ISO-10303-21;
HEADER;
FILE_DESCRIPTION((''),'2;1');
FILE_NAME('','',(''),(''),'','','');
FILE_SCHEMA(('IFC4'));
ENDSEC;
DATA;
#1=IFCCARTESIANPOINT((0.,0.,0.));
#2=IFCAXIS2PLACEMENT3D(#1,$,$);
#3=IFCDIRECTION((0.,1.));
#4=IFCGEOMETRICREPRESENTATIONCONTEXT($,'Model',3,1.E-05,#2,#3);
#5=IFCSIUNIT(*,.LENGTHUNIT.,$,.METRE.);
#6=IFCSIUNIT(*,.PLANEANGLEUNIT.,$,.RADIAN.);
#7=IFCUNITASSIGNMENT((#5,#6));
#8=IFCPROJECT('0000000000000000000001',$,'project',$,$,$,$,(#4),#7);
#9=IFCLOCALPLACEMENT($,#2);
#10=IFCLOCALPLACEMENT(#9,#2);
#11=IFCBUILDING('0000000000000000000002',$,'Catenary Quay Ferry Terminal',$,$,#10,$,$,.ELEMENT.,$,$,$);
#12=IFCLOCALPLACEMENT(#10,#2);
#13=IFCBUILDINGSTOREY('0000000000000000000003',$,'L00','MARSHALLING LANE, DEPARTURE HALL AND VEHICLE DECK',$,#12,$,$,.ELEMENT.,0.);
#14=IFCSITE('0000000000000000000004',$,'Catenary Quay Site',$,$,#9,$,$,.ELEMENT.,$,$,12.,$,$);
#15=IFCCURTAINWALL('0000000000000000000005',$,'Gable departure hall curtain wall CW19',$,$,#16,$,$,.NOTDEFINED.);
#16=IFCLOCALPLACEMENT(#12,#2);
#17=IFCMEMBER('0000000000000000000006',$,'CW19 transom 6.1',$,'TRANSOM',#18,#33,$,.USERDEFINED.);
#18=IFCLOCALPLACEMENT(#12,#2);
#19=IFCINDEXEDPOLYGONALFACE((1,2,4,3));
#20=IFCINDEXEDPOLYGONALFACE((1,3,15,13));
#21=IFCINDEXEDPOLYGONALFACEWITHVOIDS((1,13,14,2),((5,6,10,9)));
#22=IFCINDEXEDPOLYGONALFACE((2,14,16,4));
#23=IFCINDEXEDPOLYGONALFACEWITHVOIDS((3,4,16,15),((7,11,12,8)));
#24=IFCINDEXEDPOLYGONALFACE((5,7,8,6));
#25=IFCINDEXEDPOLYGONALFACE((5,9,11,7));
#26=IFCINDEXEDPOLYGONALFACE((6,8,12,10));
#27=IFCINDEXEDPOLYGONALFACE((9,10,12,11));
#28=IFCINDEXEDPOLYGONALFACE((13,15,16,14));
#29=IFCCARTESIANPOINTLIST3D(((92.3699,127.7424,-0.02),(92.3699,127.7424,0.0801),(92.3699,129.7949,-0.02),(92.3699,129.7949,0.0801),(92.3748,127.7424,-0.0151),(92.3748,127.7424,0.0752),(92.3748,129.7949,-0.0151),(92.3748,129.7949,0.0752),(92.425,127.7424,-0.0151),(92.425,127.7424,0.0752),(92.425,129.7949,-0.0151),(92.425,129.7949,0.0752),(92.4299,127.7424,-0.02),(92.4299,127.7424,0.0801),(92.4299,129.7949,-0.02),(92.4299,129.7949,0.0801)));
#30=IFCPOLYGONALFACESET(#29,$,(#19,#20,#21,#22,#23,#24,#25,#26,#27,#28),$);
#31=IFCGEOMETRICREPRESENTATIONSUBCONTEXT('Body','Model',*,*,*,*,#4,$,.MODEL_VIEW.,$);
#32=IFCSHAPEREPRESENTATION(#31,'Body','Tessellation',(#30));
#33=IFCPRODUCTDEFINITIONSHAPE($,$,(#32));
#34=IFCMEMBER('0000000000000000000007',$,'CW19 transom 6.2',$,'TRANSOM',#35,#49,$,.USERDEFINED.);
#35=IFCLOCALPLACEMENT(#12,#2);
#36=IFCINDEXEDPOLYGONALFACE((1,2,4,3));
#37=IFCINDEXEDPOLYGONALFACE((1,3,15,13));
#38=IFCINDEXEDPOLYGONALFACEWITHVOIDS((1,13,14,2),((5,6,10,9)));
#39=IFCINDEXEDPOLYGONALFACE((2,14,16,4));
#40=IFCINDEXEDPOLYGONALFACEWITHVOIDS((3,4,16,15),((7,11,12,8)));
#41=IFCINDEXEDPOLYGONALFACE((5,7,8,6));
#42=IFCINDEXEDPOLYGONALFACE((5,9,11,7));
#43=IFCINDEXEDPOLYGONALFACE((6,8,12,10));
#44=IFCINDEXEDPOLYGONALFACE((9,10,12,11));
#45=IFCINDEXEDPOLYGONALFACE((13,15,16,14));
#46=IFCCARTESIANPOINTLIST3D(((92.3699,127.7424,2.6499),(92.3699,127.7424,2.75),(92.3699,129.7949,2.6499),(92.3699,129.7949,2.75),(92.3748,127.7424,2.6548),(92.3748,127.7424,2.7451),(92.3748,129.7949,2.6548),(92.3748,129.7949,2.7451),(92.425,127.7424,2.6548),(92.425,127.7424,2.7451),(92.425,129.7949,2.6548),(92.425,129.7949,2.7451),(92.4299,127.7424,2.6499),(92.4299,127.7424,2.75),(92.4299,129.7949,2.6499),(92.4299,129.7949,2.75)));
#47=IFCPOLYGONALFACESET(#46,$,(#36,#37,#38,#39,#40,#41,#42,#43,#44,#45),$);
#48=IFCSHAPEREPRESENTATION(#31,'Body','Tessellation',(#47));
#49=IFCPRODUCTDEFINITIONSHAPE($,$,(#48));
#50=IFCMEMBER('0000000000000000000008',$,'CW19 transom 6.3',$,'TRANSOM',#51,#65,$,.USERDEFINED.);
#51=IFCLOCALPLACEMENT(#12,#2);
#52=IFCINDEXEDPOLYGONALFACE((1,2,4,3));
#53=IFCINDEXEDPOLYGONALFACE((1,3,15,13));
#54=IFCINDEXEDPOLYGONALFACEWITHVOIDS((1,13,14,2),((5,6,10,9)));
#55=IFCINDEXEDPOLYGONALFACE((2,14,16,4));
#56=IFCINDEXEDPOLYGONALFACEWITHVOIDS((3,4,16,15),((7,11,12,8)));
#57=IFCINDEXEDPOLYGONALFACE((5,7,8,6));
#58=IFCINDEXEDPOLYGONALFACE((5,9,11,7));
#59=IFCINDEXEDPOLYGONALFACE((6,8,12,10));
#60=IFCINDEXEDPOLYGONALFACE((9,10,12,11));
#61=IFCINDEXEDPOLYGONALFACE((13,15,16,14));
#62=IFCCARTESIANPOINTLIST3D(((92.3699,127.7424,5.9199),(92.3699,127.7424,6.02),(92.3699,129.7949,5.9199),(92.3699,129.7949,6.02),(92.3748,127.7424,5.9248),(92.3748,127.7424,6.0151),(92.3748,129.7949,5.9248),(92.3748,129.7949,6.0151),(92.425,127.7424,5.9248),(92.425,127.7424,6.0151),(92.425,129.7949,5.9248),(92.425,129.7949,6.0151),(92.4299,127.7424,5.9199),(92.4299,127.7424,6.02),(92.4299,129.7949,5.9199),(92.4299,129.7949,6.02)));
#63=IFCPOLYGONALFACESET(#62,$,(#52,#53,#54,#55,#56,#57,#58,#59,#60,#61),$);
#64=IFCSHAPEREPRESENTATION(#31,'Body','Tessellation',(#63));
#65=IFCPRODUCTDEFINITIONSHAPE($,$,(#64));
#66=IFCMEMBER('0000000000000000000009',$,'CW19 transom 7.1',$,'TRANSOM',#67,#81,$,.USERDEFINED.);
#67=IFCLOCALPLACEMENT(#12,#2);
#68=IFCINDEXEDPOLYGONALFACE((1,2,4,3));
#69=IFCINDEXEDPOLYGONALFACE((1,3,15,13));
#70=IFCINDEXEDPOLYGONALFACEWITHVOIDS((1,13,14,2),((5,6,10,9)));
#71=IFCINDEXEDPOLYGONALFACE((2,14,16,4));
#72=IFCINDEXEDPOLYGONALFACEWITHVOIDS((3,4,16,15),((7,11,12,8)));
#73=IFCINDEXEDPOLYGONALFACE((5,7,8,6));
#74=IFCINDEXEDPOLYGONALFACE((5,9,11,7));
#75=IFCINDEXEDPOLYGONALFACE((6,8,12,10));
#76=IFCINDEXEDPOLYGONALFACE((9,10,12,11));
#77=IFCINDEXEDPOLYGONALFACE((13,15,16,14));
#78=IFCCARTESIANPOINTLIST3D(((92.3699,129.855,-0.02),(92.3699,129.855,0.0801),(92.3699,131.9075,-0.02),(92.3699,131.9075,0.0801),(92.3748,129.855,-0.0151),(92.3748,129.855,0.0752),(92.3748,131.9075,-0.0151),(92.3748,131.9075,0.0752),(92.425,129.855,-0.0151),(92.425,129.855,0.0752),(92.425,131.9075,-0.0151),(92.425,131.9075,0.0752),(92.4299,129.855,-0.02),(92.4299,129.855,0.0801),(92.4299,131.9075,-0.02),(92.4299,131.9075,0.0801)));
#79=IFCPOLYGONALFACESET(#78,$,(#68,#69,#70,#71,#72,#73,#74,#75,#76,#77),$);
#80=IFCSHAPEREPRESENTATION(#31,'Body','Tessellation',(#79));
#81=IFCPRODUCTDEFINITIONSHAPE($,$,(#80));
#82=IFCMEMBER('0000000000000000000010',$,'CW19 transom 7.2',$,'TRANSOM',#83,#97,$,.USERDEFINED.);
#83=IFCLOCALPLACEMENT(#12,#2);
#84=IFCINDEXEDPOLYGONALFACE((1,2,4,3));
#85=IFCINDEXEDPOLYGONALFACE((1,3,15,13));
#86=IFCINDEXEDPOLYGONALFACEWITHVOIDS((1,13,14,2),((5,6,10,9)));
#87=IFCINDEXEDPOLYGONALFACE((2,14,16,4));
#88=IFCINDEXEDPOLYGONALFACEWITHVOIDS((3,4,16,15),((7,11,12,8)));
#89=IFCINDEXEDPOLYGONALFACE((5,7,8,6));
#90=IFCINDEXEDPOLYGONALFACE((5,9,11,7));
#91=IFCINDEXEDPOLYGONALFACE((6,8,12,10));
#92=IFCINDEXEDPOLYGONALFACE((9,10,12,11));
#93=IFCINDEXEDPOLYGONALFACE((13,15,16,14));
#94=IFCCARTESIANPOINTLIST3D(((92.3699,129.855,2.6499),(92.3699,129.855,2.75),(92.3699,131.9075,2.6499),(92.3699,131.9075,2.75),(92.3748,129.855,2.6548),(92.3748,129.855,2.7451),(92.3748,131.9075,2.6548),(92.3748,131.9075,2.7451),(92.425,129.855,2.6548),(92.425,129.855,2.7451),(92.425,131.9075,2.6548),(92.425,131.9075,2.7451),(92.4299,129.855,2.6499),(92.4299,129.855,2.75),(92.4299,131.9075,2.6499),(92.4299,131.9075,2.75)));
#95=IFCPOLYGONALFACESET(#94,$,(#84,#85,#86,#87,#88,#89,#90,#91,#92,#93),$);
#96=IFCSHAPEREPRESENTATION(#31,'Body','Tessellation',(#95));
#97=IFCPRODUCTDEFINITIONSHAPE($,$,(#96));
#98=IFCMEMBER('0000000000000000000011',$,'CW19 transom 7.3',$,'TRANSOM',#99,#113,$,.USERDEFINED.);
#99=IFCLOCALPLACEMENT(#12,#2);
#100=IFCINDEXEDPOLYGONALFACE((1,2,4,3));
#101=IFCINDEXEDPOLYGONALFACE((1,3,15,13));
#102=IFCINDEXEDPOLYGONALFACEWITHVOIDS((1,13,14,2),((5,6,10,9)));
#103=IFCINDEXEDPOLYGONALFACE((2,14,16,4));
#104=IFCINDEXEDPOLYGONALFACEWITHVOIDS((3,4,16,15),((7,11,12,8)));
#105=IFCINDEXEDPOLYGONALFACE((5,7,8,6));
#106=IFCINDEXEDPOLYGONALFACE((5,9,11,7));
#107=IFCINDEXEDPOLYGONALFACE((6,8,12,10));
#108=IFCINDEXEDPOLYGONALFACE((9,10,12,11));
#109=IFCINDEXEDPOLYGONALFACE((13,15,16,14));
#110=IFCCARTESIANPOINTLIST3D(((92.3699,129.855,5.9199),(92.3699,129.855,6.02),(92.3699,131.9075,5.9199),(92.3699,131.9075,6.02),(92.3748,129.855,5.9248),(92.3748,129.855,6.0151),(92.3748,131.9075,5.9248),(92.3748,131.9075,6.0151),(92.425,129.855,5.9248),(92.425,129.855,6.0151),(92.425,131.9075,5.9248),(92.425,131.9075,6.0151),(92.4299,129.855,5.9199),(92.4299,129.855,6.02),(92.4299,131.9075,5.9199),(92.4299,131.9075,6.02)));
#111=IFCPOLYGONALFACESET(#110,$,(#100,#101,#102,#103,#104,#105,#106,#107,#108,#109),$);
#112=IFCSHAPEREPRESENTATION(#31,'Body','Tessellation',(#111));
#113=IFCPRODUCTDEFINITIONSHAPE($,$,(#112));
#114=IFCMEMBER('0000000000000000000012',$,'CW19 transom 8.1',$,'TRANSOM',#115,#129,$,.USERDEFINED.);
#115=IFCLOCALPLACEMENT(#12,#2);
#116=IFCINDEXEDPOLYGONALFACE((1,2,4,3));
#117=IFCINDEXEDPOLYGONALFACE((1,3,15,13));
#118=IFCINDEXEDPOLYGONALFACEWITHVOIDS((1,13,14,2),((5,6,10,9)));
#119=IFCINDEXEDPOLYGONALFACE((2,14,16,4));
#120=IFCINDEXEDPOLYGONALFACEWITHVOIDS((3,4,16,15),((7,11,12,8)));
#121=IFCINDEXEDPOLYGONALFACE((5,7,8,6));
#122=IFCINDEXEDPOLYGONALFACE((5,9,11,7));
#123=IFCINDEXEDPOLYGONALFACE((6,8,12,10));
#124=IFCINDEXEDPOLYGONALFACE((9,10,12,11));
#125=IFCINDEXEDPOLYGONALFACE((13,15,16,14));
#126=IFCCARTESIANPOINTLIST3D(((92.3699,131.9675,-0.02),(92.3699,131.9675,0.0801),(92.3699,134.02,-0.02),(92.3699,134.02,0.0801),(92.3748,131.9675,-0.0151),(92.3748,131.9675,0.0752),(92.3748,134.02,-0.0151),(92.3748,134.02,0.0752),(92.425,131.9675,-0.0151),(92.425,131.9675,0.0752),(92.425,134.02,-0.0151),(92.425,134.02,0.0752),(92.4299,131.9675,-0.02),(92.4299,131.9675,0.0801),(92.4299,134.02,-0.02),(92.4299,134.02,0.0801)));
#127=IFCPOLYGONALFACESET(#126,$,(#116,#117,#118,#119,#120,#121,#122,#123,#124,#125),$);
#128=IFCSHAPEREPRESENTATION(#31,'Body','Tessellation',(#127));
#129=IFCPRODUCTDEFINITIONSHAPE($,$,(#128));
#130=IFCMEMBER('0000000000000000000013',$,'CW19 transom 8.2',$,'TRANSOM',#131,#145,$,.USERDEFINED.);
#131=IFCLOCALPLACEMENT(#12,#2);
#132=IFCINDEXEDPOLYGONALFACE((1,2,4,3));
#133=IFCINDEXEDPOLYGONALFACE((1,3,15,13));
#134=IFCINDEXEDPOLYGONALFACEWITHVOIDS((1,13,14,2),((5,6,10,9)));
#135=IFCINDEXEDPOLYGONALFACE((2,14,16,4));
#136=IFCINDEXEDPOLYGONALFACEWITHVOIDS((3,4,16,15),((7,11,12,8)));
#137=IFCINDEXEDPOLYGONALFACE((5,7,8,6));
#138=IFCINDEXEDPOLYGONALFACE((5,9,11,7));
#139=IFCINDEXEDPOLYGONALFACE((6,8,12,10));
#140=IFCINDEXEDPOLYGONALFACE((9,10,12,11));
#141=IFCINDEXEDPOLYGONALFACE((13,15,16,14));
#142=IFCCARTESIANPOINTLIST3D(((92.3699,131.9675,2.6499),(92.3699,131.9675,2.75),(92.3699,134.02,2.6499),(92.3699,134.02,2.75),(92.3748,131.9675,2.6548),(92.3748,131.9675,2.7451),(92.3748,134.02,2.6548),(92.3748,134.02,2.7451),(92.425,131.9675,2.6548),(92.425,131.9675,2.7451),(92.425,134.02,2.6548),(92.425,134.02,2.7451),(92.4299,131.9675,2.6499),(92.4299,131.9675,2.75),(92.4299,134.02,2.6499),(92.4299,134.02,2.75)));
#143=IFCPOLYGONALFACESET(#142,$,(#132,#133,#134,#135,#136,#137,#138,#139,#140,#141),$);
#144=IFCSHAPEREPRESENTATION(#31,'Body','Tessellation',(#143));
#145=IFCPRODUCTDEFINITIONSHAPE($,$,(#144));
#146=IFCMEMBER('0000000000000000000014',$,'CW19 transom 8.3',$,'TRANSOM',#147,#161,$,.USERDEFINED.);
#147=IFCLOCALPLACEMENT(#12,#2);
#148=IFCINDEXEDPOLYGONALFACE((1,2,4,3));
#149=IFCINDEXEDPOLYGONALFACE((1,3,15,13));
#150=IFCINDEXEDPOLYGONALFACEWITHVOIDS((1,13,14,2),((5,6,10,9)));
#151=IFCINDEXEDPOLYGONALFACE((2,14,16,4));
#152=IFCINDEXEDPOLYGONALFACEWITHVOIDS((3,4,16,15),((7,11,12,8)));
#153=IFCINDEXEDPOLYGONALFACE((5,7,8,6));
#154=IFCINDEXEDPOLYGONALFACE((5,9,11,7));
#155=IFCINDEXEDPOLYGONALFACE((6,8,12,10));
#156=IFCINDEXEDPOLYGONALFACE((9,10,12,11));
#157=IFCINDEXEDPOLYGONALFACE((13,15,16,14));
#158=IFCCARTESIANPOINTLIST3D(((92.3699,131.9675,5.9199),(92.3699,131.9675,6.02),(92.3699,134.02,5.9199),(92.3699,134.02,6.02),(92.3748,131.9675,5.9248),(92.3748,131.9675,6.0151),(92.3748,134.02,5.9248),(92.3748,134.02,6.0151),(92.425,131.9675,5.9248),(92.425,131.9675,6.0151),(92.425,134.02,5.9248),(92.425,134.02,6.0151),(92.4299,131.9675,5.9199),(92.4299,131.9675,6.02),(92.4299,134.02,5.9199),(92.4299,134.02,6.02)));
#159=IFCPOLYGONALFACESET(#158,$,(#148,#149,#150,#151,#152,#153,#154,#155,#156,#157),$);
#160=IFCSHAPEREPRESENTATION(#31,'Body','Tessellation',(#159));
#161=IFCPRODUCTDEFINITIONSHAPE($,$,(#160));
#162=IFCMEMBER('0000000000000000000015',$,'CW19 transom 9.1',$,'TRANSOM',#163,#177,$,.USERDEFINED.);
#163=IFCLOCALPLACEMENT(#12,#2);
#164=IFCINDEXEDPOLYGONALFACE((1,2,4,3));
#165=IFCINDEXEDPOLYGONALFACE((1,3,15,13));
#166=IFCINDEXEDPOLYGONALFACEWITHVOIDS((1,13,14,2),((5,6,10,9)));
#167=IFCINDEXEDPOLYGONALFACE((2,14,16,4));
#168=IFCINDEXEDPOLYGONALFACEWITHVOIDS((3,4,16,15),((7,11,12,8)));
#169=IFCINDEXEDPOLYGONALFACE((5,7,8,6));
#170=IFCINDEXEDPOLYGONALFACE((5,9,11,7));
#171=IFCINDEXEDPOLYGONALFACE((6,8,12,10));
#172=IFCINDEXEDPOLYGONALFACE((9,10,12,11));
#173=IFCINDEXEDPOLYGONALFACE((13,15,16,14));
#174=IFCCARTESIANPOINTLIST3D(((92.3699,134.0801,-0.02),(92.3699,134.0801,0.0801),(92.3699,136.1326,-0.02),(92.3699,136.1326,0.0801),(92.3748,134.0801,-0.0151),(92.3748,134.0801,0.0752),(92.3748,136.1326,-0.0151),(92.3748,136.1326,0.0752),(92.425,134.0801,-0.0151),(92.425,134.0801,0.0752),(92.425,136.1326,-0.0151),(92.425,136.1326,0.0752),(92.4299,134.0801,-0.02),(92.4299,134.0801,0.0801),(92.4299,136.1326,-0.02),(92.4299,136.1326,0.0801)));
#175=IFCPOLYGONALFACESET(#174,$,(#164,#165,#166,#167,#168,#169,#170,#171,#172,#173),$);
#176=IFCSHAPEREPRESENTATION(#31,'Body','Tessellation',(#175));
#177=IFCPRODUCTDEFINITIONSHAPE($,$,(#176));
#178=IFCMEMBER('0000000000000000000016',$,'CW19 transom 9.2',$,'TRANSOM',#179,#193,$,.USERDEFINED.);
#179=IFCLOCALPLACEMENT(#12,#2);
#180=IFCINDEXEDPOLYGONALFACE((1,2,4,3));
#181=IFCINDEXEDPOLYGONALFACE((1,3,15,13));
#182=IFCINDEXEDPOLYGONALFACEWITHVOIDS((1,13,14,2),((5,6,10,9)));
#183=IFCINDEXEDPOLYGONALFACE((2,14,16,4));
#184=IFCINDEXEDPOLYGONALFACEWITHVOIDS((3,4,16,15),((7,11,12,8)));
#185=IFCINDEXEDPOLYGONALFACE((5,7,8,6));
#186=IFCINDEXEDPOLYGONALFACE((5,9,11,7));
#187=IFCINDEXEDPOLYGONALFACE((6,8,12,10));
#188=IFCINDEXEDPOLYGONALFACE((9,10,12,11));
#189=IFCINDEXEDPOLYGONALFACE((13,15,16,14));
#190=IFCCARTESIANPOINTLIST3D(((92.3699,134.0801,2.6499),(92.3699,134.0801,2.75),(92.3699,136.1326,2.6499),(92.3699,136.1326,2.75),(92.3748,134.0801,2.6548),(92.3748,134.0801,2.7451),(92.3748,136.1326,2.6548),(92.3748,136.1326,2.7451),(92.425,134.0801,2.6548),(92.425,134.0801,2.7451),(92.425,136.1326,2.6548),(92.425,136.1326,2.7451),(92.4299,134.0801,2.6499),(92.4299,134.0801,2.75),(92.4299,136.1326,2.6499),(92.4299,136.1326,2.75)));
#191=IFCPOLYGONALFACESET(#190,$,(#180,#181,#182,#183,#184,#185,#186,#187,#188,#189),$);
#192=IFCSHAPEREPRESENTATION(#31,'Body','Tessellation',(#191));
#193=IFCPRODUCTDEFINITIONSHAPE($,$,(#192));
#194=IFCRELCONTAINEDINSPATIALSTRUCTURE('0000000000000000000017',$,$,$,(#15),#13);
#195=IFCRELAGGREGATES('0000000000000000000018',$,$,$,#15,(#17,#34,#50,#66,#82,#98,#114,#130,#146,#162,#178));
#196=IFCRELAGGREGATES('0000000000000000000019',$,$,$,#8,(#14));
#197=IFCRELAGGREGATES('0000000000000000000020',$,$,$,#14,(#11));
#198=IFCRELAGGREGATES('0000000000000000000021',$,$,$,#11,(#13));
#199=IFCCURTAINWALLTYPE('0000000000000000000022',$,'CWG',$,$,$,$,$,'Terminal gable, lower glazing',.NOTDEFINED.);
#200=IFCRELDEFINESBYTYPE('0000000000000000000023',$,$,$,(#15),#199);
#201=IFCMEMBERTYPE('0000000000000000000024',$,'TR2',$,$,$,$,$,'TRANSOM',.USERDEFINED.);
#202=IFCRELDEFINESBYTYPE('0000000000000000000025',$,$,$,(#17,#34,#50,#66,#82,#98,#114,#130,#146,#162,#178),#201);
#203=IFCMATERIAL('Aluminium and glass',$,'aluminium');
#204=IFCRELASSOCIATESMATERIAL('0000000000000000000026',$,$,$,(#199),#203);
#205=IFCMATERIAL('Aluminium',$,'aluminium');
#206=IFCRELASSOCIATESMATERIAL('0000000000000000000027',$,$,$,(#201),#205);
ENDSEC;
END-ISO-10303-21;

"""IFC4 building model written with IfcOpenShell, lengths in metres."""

from ifc_helpers import new_model, si_unit, direction, frame, origin, origin_2d, place, context, subcontext, project, spatial, hollow_rectangle, extrude, material, material_profile, profile_set, type_object, element, aggregate, save


model = new_model("IFC4")

# Units and contexts
model_context = context("Model", 3, precision=1e-05, world=origin(), true_north=direction((0.0, 1.0)))
body_context = subcontext(model_context, "Body", "Model", "MODEL_VIEW")
ifc_project = project(units=[si_unit("LENGTHUNIT", "METRE"), si_unit("PLANEANGLEUNIT", "RADIAN")], contexts=[model_context])

# Site, building, storey
site_placement = place(None, origin())
site = spatial("IfcSite", under=ifc_project, at=site_placement, Name="Catenary Quay Site", CompositionType="ELEMENT", RefElevation=12.0)
building_placement = place(site_placement, origin())
building = spatial("IfcBuilding", under=site, at=building_placement, Name="Catenary Quay Ferry Terminal", CompositionType="ELEMENT")
storey_placement = place(building_placement, origin())
storey = spatial("IfcBuildingStorey", under=building, at=storey_placement, Name="L00", Description="MARSHALLING LANE, DEPARTURE HALL AND VEHICLE DECK", CompositionType="ELEMENT", Elevation=0.0)

# Curtain wall, members
ifc_material_1 = material(Name="Aluminium and glass", Category="aluminium")
curtain_wall_type = type_object("IfcCurtainWallType", Name="CWG", ElementType="Terminal gable, lower glazing", PredefinedType="NOTDEFINED", material=ifc_material_1)
curtain_wall_placement = place(storey_placement, origin())
curtain_wall = element("IfcCurtainWall", 1, at=curtain_wall_placement, inside=storey, type_object=curtain_wall_type, Name="Gable departure hall curtain wall CW19", PredefinedType="NOTDEFINED")
ifc_material_2 = material(Name="Aluminium", Category="aluminium")
ifc_material_profile_1 = material_profile(ifc_material_2, hollow_rectangle(XDim=0.0601, YDim=0.1001, WallThickness=0.0049, at=origin_2d()), Name="TR2")
ifc_profile_set_1 = profile_set([ifc_material_profile_1], Name="Aluminium")
member_type_1 = type_object("IfcMemberType", Name="TR2", ElementType="TRANSOM", PredefinedType="USERDEFINED", material=ifc_profile_set_1)
member_1_placement = place(storey_placement, frame((92.3999, 127.7424, 0.03), z_axis=(0.0, 1.0, 0.0), x_axis=(-1.0, 0.0, 0.0)))
member_1 = element("IfcMember", 2, at=member_1_placement, type_object=member_type_1, Name="CW19 transom 6.1", ObjectType="TRANSOM", PredefinedType="USERDEFINED", context=body_context, shape_type="SweptSolid", body=[
    extrude(hollow_rectangle(XDim=0.0601, YDim=0.1001, WallThickness=0.0049, at=origin_2d()), origin(), (0.0, 0.0, 1.0), 2.0525),
])
member_2_placement = place(storey_placement, frame((92.3999, 127.7424, 2.7), z_axis=(0.0, 1.0, 0.0), x_axis=(-1.0, 0.0, 0.0)))
member_2 = element("IfcMember", 3, at=member_2_placement, type_object=member_type_1, Name="CW19 transom 6.2", ObjectType="TRANSOM", PredefinedType="USERDEFINED", context=body_context, shape_type="SweptSolid", body=[
    extrude(hollow_rectangle(XDim=0.0601, YDim=0.1001, WallThickness=0.0049, at=origin_2d()), origin(), (0.0, 0.0, 1.0), 2.0525),
])
member_3_placement = place(storey_placement, frame((92.3999, 127.7424, 5.97), z_axis=(0.0, 1.0, 0.0), x_axis=(-1.0, 0.0, 0.0)))
member_3 = element("IfcMember", 4, at=member_3_placement, type_object=member_type_1, Name="CW19 transom 6.3", ObjectType="TRANSOM", PredefinedType="USERDEFINED", context=body_context, shape_type="SweptSolid", body=[
    extrude(hollow_rectangle(XDim=0.0601, YDim=0.1001, WallThickness=0.0049, at=origin_2d()), origin(), (0.0, 0.0, 1.0), 2.0525),
])
member_4_placement = place(storey_placement, frame((92.3999, 129.855, 0.03), z_axis=(0.0, 1.0, 0.0), x_axis=(-1.0, 0.0, 0.0)))
member_4 = element("IfcMember", 5, at=member_4_placement, type_object=member_type_1, Name="CW19 transom 7.1", ObjectType="TRANSOM", PredefinedType="USERDEFINED", context=body_context, shape_type="SweptSolid", body=[
    extrude(hollow_rectangle(XDim=0.0601, YDim=0.1001, WallThickness=0.0049, at=origin_2d()), origin(), (0.0, 0.0, 1.0), 2.0525),
])
member_5_placement = place(storey_placement, frame((92.3999, 129.855, 2.7), z_axis=(0.0, 1.0, 0.0), x_axis=(-1.0, 0.0, 0.0)))
member_5 = element("IfcMember", 6, at=member_5_placement, type_object=member_type_1, Name="CW19 transom 7.2", ObjectType="TRANSOM", PredefinedType="USERDEFINED", context=body_context, shape_type="SweptSolid", body=[
    extrude(hollow_rectangle(XDim=0.0601, YDim=0.1001, WallThickness=0.0049, at=origin_2d()), origin(), (0.0, 0.0, 1.0), 2.0525),
])
member_6_placement = place(storey_placement, frame((92.3999, 129.855, 5.97), z_axis=(0.0, 1.0, 0.0), x_axis=(-1.0, 0.0, 0.0)))
member_6 = element("IfcMember", 7, at=member_6_placement, type_object=member_type_1, Name="CW19 transom 7.3", ObjectType="TRANSOM", PredefinedType="USERDEFINED", context=body_context, shape_type="SweptSolid", body=[
    extrude(hollow_rectangle(XDim=0.0601, YDim=0.1001, WallThickness=0.0049, at=origin_2d()), origin(), (0.0, 0.0, 1.0), 2.0525),
])
member_7_placement = place(storey_placement, frame((92.3999, 131.9675, 0.03), z_axis=(0.0, 1.0, 0.0), x_axis=(-1.0, 0.0, 0.0)))
member_7 = element("IfcMember", 8, at=member_7_placement, type_object=member_type_1, Name="CW19 transom 8.1", ObjectType="TRANSOM", PredefinedType="USERDEFINED", context=body_context, shape_type="SweptSolid", body=[
    extrude(hollow_rectangle(XDim=0.0601, YDim=0.1001, WallThickness=0.0049, at=origin_2d()), origin(), (0.0, 0.0, 1.0), 2.0525),
])
member_8_placement = place(storey_placement, frame((92.3999, 131.9675, 2.7), z_axis=(0.0, 1.0, 0.0), x_axis=(-1.0, 0.0, 0.0)))
member_8 = element("IfcMember", 9, at=member_8_placement, type_object=member_type_1, Name="CW19 transom 8.2", ObjectType="TRANSOM", PredefinedType="USERDEFINED", context=body_context, shape_type="SweptSolid", body=[
    extrude(hollow_rectangle(XDim=0.0601, YDim=0.1001, WallThickness=0.0049, at=origin_2d()), origin(), (0.0, 0.0, 1.0), 2.0525),
])
member_9_placement = place(storey_placement, frame((92.3999, 131.9675, 5.97), z_axis=(0.0, 1.0, 0.0), x_axis=(-1.0, 0.0, 0.0)))
member_9 = element("IfcMember", 10, at=member_9_placement, type_object=member_type_1, Name="CW19 transom 8.3", ObjectType="TRANSOM", PredefinedType="USERDEFINED", context=body_context, shape_type="SweptSolid", body=[
    extrude(hollow_rectangle(XDim=0.0601, YDim=0.1001, WallThickness=0.0049, at=origin_2d()), origin(), (0.0, 0.0, 1.0), 2.0525),
])
member_10_placement = place(storey_placement, frame((92.3999, 134.0801, 0.03), z_axis=(0.0, 1.0, 0.0), x_axis=(-1.0, 0.0, 0.0)))
member_10 = element("IfcMember", 11, at=member_10_placement, type_object=member_type_1, Name="CW19 transom 9.1", ObjectType="TRANSOM", PredefinedType="USERDEFINED", context=body_context, shape_type="SweptSolid", body=[
    extrude(hollow_rectangle(XDim=0.0601, YDim=0.1001, WallThickness=0.0049, at=origin_2d()), origin(), (0.0, 0.0, 1.0), 2.0525),
])
member_11_placement = place(storey_placement, frame((92.3999, 134.0801, 2.7), z_axis=(0.0, 1.0, 0.0), x_axis=(-1.0, 0.0, 0.0)))
member_11 = element("IfcMember", 12, at=member_11_placement, type_object=member_type_1, Name="CW19 transom 9.2", ObjectType="TRANSOM", PredefinedType="USERDEFINED", context=body_context, shape_type="SweptSolid", body=[
    extrude(hollow_rectangle(XDim=0.0601, YDim=0.1001, WallThickness=0.0049, at=origin_2d()), origin(), (0.0, 0.0, 1.0), 2.0525),
])
aggregate(curtain_wall, [member_1, member_2, member_3, member_4, member_5, member_6, member_7, member_8, member_9, member_10, member_11])

save(model, "model.ifc")
